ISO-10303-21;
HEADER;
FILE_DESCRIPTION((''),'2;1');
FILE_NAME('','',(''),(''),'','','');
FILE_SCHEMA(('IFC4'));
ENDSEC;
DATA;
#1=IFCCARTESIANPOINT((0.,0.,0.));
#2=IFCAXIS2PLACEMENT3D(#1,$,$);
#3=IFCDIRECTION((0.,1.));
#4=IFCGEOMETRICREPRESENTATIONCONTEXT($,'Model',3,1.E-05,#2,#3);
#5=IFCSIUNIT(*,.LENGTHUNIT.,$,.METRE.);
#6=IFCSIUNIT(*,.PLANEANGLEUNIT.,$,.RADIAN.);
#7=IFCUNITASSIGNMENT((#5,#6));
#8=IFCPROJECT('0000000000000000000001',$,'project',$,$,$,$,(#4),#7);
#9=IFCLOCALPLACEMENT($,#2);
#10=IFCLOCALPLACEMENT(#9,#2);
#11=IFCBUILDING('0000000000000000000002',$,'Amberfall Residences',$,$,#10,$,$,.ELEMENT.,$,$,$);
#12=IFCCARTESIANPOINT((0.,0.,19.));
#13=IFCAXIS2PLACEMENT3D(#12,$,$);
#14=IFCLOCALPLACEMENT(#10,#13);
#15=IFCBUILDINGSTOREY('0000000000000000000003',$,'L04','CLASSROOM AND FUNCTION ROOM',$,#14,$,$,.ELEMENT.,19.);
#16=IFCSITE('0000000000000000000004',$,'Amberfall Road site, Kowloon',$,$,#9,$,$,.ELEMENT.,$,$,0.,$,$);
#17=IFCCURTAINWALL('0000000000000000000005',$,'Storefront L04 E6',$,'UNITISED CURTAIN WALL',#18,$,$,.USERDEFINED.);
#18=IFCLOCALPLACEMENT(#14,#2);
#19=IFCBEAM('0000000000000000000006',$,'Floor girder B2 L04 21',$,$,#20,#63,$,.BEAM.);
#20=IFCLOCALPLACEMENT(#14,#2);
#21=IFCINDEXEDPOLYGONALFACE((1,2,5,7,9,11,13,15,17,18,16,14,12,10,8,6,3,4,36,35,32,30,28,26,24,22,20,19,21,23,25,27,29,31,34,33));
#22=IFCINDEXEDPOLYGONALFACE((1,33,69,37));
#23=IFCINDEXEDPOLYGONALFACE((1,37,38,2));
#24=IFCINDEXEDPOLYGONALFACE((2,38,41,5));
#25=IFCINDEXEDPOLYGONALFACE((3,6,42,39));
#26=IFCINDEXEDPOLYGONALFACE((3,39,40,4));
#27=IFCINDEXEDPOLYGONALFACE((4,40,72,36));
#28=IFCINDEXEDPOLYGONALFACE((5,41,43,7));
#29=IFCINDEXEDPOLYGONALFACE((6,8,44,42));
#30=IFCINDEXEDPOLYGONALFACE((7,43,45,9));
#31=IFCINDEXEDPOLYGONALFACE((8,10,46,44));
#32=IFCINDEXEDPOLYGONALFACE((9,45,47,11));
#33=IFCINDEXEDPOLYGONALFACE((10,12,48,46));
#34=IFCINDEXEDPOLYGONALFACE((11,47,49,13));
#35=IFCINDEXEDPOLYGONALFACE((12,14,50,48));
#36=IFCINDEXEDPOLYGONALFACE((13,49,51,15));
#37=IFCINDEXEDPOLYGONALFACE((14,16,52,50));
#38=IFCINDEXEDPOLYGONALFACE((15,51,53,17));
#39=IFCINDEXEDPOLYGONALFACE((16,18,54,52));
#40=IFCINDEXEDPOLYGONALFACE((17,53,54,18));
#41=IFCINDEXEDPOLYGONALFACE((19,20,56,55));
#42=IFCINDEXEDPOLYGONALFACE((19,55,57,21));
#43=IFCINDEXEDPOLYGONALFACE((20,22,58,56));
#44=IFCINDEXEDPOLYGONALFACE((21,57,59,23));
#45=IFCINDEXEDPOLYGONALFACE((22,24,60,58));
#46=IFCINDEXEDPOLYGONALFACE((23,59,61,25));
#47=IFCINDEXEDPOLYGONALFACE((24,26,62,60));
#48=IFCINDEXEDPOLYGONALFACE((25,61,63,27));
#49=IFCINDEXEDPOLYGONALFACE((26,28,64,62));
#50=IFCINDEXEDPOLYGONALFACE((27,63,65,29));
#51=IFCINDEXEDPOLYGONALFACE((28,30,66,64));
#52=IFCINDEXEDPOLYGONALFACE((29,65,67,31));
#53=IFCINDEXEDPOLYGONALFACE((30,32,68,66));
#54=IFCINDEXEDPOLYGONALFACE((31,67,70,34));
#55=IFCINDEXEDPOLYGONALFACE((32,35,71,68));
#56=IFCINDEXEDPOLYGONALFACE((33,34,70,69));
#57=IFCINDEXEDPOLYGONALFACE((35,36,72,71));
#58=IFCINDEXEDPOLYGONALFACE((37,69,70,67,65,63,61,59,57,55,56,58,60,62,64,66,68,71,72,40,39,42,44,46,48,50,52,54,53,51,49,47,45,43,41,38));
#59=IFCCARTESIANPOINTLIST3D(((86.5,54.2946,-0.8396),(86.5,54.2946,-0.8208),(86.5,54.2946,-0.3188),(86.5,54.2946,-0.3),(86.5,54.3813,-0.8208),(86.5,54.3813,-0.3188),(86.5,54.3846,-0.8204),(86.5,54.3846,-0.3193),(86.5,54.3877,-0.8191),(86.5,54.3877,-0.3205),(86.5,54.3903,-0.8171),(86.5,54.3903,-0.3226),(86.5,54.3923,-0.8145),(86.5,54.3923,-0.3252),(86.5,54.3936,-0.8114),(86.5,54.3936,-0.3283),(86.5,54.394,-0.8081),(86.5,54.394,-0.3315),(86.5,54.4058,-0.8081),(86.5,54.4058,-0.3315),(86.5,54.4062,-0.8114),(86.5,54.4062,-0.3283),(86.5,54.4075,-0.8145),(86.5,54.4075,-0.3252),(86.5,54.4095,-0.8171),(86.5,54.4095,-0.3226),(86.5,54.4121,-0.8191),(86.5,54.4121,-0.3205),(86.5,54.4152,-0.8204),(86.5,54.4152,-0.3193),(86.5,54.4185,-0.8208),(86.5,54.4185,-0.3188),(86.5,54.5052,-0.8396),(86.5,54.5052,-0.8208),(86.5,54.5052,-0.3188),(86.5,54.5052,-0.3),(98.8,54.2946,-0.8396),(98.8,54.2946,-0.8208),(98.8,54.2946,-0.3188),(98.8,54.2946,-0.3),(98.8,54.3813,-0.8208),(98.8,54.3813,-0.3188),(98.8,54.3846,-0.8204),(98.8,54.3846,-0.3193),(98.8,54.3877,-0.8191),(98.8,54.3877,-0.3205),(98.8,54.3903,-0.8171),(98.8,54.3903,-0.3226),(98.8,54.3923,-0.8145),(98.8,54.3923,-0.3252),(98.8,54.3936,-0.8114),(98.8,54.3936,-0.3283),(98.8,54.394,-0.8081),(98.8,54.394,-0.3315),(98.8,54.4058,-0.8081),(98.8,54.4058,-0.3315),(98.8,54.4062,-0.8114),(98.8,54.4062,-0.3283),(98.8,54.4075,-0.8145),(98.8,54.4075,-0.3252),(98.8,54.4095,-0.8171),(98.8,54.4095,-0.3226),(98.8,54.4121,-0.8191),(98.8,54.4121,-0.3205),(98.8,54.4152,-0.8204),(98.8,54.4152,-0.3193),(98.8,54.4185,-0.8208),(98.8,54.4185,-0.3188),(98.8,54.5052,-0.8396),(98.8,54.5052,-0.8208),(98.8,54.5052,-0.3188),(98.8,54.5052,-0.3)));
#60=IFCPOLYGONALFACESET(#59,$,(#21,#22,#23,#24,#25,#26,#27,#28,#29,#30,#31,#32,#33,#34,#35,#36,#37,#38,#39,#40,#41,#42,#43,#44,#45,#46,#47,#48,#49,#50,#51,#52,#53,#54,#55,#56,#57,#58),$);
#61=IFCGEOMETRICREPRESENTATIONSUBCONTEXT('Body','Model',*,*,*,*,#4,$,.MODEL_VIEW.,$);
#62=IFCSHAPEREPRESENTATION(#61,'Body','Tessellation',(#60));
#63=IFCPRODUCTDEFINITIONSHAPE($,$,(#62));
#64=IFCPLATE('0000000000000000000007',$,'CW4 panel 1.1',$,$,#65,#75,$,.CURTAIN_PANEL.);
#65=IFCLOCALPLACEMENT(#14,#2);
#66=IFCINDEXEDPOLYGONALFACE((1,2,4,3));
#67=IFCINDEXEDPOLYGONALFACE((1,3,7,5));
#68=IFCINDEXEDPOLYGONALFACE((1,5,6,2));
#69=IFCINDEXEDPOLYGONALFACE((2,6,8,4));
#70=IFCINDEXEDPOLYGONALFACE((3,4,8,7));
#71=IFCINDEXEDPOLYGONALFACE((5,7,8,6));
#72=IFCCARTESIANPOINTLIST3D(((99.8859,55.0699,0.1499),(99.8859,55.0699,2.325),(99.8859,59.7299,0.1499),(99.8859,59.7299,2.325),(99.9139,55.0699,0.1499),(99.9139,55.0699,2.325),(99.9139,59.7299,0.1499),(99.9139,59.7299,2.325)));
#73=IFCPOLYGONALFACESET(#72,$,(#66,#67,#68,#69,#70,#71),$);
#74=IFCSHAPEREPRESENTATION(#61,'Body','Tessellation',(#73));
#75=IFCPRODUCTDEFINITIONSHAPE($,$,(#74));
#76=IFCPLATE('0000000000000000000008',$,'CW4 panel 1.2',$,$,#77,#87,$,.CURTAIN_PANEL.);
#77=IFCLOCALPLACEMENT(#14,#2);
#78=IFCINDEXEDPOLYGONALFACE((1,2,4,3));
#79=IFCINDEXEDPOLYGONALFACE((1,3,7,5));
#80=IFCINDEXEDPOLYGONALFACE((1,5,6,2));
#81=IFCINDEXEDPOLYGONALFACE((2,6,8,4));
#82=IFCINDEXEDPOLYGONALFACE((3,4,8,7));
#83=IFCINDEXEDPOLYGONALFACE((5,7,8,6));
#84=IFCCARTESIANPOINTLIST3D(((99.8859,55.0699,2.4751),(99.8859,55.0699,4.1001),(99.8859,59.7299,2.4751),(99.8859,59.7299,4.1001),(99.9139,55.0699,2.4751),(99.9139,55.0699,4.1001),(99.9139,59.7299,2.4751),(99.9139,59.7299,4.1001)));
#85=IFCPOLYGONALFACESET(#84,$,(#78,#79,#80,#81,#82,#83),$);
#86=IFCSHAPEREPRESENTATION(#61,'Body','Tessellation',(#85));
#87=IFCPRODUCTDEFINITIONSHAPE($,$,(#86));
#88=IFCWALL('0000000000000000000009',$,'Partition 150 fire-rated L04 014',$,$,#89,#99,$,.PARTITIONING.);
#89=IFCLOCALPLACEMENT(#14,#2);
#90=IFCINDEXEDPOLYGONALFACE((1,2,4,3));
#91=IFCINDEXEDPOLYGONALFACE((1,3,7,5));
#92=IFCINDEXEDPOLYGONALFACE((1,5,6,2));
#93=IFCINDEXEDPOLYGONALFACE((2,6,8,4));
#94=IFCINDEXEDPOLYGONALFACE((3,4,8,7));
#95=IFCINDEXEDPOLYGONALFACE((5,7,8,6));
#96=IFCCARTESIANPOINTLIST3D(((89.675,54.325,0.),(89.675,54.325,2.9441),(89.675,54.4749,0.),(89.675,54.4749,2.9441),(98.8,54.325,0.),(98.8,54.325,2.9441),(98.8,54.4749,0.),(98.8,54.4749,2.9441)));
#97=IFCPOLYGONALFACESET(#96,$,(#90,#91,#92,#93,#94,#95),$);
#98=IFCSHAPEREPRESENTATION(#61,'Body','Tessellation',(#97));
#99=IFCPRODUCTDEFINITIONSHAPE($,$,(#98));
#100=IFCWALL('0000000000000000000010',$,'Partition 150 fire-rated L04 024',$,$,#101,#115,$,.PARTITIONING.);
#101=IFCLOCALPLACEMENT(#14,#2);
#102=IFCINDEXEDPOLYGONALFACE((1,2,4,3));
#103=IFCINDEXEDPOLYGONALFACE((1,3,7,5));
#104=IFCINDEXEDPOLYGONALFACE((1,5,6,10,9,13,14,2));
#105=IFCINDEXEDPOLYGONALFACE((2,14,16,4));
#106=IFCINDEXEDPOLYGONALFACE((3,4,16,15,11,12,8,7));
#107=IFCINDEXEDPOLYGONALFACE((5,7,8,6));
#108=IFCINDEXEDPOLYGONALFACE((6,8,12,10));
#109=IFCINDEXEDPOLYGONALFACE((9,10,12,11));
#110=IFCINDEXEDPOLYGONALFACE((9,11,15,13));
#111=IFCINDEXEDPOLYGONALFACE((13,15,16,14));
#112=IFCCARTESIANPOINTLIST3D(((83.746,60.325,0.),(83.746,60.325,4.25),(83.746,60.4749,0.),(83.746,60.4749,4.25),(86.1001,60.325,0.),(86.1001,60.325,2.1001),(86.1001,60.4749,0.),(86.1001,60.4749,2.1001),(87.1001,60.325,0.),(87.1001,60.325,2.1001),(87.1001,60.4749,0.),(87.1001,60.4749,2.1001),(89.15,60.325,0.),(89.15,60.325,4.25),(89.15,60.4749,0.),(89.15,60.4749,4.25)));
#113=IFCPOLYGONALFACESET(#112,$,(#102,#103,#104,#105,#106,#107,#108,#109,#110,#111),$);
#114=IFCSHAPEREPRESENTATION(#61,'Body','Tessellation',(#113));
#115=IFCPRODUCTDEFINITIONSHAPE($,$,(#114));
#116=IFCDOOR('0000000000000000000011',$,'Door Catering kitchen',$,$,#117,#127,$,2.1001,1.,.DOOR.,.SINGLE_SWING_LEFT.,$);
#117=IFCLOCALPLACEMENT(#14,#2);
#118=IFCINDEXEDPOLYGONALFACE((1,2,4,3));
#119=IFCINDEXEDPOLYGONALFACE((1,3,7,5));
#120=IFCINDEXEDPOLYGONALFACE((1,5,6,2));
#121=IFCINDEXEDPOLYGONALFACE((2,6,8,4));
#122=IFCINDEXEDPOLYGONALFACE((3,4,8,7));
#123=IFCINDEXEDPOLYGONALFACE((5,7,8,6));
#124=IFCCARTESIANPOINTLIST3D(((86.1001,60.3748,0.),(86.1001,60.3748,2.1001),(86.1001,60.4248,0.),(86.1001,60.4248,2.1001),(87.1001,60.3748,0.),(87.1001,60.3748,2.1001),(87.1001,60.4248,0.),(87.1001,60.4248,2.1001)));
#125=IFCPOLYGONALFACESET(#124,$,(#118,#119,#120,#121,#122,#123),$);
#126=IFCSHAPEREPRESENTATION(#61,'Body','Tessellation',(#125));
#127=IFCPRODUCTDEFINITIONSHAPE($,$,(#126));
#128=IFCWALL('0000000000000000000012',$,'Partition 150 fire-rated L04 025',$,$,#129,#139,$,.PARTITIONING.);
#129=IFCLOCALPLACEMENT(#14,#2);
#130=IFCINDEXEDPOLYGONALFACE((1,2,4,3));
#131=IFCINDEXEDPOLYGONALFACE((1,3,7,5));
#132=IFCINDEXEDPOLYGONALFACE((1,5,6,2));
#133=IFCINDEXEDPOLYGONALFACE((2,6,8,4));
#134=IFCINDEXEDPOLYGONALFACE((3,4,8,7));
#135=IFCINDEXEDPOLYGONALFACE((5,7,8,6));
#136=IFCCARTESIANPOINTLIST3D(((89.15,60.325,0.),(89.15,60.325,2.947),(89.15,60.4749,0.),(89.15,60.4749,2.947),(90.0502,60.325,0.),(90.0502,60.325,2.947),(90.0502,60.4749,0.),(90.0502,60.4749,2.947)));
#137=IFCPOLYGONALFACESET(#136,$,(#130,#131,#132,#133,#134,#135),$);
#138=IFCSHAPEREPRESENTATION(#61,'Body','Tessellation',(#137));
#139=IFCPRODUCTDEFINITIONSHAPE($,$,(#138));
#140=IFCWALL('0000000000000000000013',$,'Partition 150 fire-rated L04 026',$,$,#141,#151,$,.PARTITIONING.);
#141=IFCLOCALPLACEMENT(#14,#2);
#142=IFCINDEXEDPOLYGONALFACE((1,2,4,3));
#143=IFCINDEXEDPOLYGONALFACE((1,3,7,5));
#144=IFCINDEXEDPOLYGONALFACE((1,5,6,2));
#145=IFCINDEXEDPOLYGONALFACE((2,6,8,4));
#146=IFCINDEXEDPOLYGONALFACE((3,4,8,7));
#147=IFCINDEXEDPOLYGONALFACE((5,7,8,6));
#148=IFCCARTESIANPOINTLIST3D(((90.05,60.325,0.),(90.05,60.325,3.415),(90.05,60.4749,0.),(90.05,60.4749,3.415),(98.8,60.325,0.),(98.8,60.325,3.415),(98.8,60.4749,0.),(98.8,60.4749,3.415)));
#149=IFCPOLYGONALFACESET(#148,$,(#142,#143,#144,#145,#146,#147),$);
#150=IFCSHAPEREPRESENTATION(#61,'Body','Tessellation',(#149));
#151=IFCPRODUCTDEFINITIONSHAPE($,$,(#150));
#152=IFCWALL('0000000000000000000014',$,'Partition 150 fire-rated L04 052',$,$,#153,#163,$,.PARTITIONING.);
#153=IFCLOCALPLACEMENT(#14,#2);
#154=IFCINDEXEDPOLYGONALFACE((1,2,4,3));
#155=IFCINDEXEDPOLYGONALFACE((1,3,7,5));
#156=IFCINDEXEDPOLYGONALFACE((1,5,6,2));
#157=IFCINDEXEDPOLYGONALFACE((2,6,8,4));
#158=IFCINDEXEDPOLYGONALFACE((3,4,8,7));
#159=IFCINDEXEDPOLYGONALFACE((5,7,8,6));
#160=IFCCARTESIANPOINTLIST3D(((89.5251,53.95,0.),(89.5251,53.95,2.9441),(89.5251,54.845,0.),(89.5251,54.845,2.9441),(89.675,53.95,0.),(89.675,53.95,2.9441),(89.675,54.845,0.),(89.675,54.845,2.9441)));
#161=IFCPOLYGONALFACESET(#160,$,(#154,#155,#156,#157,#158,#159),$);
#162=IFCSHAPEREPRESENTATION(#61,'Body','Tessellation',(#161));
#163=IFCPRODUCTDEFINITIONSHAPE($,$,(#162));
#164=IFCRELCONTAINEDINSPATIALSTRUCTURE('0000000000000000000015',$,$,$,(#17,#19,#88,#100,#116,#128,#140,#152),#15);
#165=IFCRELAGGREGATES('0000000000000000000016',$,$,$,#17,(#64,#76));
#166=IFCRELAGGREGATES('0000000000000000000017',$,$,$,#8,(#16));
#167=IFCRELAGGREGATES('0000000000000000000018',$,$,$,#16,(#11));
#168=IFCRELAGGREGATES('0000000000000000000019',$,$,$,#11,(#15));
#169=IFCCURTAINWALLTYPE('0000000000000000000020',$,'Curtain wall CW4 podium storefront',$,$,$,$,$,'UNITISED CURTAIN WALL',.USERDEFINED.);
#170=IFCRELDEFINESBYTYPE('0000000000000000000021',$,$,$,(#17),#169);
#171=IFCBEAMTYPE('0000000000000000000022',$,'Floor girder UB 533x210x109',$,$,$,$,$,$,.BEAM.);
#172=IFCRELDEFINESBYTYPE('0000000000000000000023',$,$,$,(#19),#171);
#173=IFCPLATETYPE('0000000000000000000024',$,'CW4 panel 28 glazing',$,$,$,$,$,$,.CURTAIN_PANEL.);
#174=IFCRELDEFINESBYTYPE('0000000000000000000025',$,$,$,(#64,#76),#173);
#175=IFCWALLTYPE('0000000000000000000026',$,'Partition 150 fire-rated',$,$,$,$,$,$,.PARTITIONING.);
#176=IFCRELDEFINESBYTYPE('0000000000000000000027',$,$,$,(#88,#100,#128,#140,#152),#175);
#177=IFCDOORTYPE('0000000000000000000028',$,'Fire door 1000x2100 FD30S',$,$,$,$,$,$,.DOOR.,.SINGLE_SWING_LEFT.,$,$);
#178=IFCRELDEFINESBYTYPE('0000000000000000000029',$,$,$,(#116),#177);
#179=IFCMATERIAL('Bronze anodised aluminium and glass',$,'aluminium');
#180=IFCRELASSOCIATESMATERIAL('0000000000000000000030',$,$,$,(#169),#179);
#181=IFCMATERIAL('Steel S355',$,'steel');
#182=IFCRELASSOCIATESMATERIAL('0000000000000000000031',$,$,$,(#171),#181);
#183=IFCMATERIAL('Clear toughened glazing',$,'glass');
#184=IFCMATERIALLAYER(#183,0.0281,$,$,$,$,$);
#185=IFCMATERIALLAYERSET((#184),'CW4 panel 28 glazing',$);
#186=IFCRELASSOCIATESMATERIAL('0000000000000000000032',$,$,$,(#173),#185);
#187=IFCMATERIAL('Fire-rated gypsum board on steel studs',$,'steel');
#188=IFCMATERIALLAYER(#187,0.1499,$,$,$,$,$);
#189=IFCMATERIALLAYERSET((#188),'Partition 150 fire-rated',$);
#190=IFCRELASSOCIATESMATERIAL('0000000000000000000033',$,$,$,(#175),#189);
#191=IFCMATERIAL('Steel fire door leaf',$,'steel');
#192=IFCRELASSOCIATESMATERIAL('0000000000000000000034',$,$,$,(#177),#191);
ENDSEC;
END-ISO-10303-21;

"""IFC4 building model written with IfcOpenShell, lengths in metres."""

from ifc_helpers import new_model, si_unit, direction, frame, frame_2d, origin, origin_2d, place, context, subcontext, project, spatial, rectangle, i_section, extrude, material, layer, layer_set, material_profile, profile_set, type_object, element, fill, aggregate, save


model = new_model("IFC4")

# Units and contexts
model_context = context("Model", 3, precision=1e-05, world=origin(), true_north=direction((0.0, 1.0)))
body_context = subcontext(model_context, "Body", "Model", "MODEL_VIEW")
ifc_project = project(units=[si_unit("LENGTHUNIT", "METRE"), si_unit("PLANEANGLEUNIT", "RADIAN")], contexts=[model_context])

# Site, building, storey
site_placement = place(None, origin())
site = spatial("IfcSite", under=ifc_project, at=site_placement, Name="Amberfall Road site, Kowloon", CompositionType="ELEMENT", RefElevation=0.0)
building_placement = place(site_placement, origin())
building = spatial("IfcBuilding", under=site, at=building_placement, Name="Amberfall Residences", CompositionType="ELEMENT")
storey_placement = place(building_placement, frame((0.0, 0.0, 19.0)))
storey = spatial("IfcBuildingStorey", under=building, at=storey_placement, Name="L04", Description="CLASSROOM AND FUNCTION ROOM", CompositionType="ELEMENT", Elevation=19.0)

# Shared definitions
ifc_material_1 = material(Name="Bronze anodised aluminium and glass", Category="aluminium")
curtain_wall_type = type_object("IfcCurtainWallType", Name="Curtain wall CW4 podium storefront", ElementType="UNITISED CURTAIN WALL", PredefinedType="USERDEFINED", material=ifc_material_1)

# Curtain wall
curtain_wall_1_placement = place(storey_placement, origin())
curtain_wall_1 = element("IfcCurtainWall", 1, at=curtain_wall_1_placement, inside=storey, type_object=curtain_wall_type, Name="Storefront L04 E6", ObjectType="UNITISED CURTAIN WALL", PredefinedType="USERDEFINED")

# Beam
ifc_material_2 = material(Name="Steel S355", Category="steel")
ifc_material_profile_1 = material_profile(ifc_material_2, i_section(OverallWidth=0.2107, OverallDepth=0.5396, WebThickness=0.0117, FlangeThickness=0.0188, FilletRadius=0.0127, at=origin_2d()), Name="UB 533x210x109")
ifc_profile_set_1 = profile_set([ifc_material_profile_1], Name="Steel S355")
beam_type_1 = type_object("IfcBeamType", Name="Floor girder UB 533x210x109", PredefinedType="BEAM", material=ifc_profile_set_1)
beam_1_placement = place(storey_placement, frame((98.8, 54.3999, -0.5698), z_axis=(-1.0, 0.0, 0.0), x_axis=(0.0, -1.0, 0.0)))
element("IfcBeam", 2, at=beam_1_placement, inside=storey, type_object=beam_type_1, Name="Floor girder B2 L04 21", PredefinedType="BEAM", context=body_context, shape_type="SweptSolid", body=[
    extrude(i_section(OverallWidth=0.2107, OverallDepth=0.5396, WebThickness=0.0117, FlangeThickness=0.0188, FilletRadius=0.0127, at=origin_2d()), origin(), (0.0, 0.0, 1.0), 12.3),
])

# Plates
ifc_material_3 = material(Name="Clear toughened glazing", Category="glass")
ifc_layer_1 = layer(ifc_material_3, 0.0281)
ifc_layer_set_1 = layer_set([ifc_layer_1], Name="CW4 panel 28 glazing")
plate_type = type_object("IfcPlateType", Name="CW4 panel 28 glazing", PredefinedType="CURTAIN_PANEL", material=ifc_layer_set_1)
plate_1_placement = place(storey_placement, frame((99.8999, 57.3999, 0.1499), z_axis=(0.0, 0.0, 1.0), x_axis=(0.0, 1.0, 0.0)))
plate_1 = element("IfcPlate", 3, at=plate_1_placement, type_object=plate_type, Name="CW4 panel 1.1", PredefinedType="CURTAIN_PANEL", context=body_context, shape_type="SweptSolid", body=[
    extrude(rectangle(XDim=4.6599, YDim=0.0281, at=origin_2d()), origin(), (0.0, 0.0, 1.0), 2.175),
])
plate_2_placement = place(storey_placement, frame((99.8999, 57.3999, 2.4751), z_axis=(0.0, 0.0, 1.0), x_axis=(0.0, 1.0, 0.0)))
plate_2 = element("IfcPlate", 4, at=plate_2_placement, type_object=plate_type, Name="CW4 panel 1.2", PredefinedType="CURTAIN_PANEL", context=body_context, shape_type="SweptSolid", body=[
    extrude(rectangle(XDim=4.6599, YDim=0.0281, at=origin_2d()), origin(), (0.0, 0.0, 1.0), 1.625),
])
aggregate(curtain_wall_1, [plate_1, plate_2])

# Wall
ifc_material_4 = material(Name="Fire-rated gypsum board on steel studs", Category="steel")
ifc_layer_2 = layer(ifc_material_4, 0.1499)
ifc_layer_set_2 = layer_set([ifc_layer_2], Name="Partition 150 fire-rated")
wall_type = type_object("IfcWallType", Name="Partition 150 fire-rated", PredefinedType="PARTITIONING", material=ifc_layer_set_2)
wall_1_placement = place(storey_placement, frame((89.675, 54.3999, 0.0), z_axis=(0.0, 0.0, 1.0), x_axis=(1.0, 0.0, 0.0)))
element("IfcWall", 5, at=wall_1_placement, inside=storey, type_object=wall_type, Name="Partition 150 fire-rated L04 014", PredefinedType="PARTITIONING", context=body_context, shape_type="SweptSolid", body=[
    extrude(rectangle(XDim=9.125, YDim=0.1499, at=frame_2d((4.5625, 0.0))), origin(), (0.0, 0.0, 1.0), 2.9441),
])

# Wall, opening, door
wall_2_placement = place(storey_placement, frame((83.7458, 60.3999, 0.0), z_axis=(0.0, 0.0, 1.0), x_axis=(1.0, 0.0, 0.0)))
wall_2 = element("IfcWall", 6, at=wall_2_placement, inside=storey, type_object=wall_type, Name="Partition 150 fire-rated L04 024", PredefinedType="PARTITIONING", context=body_context, shape_type="SweptSolid", body=[
    extrude(rectangle(XDim=5.4041, YDim=0.1499, at=frame_2d((2.7021, 0.0))), origin(), (0.0, 0.0, 1.0), 4.25),
])
opening_1_placement = place(wall_2_placement, frame((2.3542, 0.0, 0.0)))
opening_1 = element("IfcOpeningElement", 7, at=opening_1_placement, cuts=wall_2, PredefinedType="OPENING", context=body_context, shape_type="SweptSolid", body=[
    extrude(rectangle(XDim=1.0, YDim=2.1001, at=frame_2d((0.5, 1.05))), frame((0.0, 0.085, 0.0), z_axis=(0.0, -1.0, 0.0), x_axis=(1.0, 0.0, 0.0)), (0.0, 0.0, 1.0), 0.1699),
])
ifc_material_5 = material(Name="Steel fire door leaf", Category="steel")
door_type_1 = type_object("IfcDoorType", Name="Fire door 1000x2100 FD30S", OperationType="SINGLE_SWING_LEFT", PredefinedType="DOOR", material=ifc_material_5)
door_1_placement = place(opening_1_placement, origin())
door_1 = element("IfcDoor", 8, at=door_1_placement, inside=storey, type_object=door_type_1, Name="Door Catering kitchen", OperationType="SINGLE_SWING_LEFT", OverallHeight=2.1001, OverallWidth=1.0, PredefinedType="DOOR", context=body_context, shape_type="SweptSolid", body=[
    extrude(rectangle(XDim=1.0, YDim=2.1001, at=frame_2d((0.5, 1.05))), frame((0.0, 0.0249, 0.0), z_axis=(0.0, -1.0, 0.0), x_axis=(1.0, 0.0, 0.0)), (0.0, 0.0, 1.0), 0.05),
])
fill(opening_1, door_1)

# Walls
wall_3_placement = place(storey_placement, frame((89.1499, 60.3999, 0.0), z_axis=(0.0, 0.0, 1.0), x_axis=(1.0, 0.0, 0.0)))
element("IfcWall", 9, at=wall_3_placement, inside=storey, type_object=wall_type, Name="Partition 150 fire-rated L04 025", PredefinedType="PARTITIONING", context=body_context, shape_type="SweptSolid", body=[
    extrude(rectangle(XDim=0.9001, YDim=0.1499, at=frame_2d((0.4502, 0.0))), origin(), (0.0, 0.0, 1.0), 2.947),
])
wall_4_placement = place(storey_placement, frame((90.05, 60.3999, 0.0), z_axis=(0.0, 0.0, 1.0), x_axis=(1.0, 0.0, 0.0)))
element("IfcWall", 10, at=wall_4_placement, inside=storey, type_object=wall_type, Name="Partition 150 fire-rated L04 026", PredefinedType="PARTITIONING", context=body_context, shape_type="SweptSolid", body=[
    extrude(rectangle(XDim=8.75, YDim=0.1499, at=frame_2d((4.375, 0.0))), origin(), (0.0, 0.0, 1.0), 3.415),
])
wall_5_placement = place(storey_placement, frame((89.6001, 53.95, 0.0), z_axis=(0.0, 0.0, 1.0), x_axis=(0.0, 1.0, 0.0)))
element("IfcWall", 11, at=wall_5_placement, inside=storey, type_object=wall_type, Name="Partition 150 fire-rated L04 052", PredefinedType="PARTITIONING", context=body_context, shape_type="SweptSolid", body=[
    extrude(rectangle(XDim=0.895, YDim=0.1499, at=frame_2d((0.4475, 0.0))), origin(), (0.0, 0.0, 1.0), 2.9441),
])

save(model, "model.ifc")
